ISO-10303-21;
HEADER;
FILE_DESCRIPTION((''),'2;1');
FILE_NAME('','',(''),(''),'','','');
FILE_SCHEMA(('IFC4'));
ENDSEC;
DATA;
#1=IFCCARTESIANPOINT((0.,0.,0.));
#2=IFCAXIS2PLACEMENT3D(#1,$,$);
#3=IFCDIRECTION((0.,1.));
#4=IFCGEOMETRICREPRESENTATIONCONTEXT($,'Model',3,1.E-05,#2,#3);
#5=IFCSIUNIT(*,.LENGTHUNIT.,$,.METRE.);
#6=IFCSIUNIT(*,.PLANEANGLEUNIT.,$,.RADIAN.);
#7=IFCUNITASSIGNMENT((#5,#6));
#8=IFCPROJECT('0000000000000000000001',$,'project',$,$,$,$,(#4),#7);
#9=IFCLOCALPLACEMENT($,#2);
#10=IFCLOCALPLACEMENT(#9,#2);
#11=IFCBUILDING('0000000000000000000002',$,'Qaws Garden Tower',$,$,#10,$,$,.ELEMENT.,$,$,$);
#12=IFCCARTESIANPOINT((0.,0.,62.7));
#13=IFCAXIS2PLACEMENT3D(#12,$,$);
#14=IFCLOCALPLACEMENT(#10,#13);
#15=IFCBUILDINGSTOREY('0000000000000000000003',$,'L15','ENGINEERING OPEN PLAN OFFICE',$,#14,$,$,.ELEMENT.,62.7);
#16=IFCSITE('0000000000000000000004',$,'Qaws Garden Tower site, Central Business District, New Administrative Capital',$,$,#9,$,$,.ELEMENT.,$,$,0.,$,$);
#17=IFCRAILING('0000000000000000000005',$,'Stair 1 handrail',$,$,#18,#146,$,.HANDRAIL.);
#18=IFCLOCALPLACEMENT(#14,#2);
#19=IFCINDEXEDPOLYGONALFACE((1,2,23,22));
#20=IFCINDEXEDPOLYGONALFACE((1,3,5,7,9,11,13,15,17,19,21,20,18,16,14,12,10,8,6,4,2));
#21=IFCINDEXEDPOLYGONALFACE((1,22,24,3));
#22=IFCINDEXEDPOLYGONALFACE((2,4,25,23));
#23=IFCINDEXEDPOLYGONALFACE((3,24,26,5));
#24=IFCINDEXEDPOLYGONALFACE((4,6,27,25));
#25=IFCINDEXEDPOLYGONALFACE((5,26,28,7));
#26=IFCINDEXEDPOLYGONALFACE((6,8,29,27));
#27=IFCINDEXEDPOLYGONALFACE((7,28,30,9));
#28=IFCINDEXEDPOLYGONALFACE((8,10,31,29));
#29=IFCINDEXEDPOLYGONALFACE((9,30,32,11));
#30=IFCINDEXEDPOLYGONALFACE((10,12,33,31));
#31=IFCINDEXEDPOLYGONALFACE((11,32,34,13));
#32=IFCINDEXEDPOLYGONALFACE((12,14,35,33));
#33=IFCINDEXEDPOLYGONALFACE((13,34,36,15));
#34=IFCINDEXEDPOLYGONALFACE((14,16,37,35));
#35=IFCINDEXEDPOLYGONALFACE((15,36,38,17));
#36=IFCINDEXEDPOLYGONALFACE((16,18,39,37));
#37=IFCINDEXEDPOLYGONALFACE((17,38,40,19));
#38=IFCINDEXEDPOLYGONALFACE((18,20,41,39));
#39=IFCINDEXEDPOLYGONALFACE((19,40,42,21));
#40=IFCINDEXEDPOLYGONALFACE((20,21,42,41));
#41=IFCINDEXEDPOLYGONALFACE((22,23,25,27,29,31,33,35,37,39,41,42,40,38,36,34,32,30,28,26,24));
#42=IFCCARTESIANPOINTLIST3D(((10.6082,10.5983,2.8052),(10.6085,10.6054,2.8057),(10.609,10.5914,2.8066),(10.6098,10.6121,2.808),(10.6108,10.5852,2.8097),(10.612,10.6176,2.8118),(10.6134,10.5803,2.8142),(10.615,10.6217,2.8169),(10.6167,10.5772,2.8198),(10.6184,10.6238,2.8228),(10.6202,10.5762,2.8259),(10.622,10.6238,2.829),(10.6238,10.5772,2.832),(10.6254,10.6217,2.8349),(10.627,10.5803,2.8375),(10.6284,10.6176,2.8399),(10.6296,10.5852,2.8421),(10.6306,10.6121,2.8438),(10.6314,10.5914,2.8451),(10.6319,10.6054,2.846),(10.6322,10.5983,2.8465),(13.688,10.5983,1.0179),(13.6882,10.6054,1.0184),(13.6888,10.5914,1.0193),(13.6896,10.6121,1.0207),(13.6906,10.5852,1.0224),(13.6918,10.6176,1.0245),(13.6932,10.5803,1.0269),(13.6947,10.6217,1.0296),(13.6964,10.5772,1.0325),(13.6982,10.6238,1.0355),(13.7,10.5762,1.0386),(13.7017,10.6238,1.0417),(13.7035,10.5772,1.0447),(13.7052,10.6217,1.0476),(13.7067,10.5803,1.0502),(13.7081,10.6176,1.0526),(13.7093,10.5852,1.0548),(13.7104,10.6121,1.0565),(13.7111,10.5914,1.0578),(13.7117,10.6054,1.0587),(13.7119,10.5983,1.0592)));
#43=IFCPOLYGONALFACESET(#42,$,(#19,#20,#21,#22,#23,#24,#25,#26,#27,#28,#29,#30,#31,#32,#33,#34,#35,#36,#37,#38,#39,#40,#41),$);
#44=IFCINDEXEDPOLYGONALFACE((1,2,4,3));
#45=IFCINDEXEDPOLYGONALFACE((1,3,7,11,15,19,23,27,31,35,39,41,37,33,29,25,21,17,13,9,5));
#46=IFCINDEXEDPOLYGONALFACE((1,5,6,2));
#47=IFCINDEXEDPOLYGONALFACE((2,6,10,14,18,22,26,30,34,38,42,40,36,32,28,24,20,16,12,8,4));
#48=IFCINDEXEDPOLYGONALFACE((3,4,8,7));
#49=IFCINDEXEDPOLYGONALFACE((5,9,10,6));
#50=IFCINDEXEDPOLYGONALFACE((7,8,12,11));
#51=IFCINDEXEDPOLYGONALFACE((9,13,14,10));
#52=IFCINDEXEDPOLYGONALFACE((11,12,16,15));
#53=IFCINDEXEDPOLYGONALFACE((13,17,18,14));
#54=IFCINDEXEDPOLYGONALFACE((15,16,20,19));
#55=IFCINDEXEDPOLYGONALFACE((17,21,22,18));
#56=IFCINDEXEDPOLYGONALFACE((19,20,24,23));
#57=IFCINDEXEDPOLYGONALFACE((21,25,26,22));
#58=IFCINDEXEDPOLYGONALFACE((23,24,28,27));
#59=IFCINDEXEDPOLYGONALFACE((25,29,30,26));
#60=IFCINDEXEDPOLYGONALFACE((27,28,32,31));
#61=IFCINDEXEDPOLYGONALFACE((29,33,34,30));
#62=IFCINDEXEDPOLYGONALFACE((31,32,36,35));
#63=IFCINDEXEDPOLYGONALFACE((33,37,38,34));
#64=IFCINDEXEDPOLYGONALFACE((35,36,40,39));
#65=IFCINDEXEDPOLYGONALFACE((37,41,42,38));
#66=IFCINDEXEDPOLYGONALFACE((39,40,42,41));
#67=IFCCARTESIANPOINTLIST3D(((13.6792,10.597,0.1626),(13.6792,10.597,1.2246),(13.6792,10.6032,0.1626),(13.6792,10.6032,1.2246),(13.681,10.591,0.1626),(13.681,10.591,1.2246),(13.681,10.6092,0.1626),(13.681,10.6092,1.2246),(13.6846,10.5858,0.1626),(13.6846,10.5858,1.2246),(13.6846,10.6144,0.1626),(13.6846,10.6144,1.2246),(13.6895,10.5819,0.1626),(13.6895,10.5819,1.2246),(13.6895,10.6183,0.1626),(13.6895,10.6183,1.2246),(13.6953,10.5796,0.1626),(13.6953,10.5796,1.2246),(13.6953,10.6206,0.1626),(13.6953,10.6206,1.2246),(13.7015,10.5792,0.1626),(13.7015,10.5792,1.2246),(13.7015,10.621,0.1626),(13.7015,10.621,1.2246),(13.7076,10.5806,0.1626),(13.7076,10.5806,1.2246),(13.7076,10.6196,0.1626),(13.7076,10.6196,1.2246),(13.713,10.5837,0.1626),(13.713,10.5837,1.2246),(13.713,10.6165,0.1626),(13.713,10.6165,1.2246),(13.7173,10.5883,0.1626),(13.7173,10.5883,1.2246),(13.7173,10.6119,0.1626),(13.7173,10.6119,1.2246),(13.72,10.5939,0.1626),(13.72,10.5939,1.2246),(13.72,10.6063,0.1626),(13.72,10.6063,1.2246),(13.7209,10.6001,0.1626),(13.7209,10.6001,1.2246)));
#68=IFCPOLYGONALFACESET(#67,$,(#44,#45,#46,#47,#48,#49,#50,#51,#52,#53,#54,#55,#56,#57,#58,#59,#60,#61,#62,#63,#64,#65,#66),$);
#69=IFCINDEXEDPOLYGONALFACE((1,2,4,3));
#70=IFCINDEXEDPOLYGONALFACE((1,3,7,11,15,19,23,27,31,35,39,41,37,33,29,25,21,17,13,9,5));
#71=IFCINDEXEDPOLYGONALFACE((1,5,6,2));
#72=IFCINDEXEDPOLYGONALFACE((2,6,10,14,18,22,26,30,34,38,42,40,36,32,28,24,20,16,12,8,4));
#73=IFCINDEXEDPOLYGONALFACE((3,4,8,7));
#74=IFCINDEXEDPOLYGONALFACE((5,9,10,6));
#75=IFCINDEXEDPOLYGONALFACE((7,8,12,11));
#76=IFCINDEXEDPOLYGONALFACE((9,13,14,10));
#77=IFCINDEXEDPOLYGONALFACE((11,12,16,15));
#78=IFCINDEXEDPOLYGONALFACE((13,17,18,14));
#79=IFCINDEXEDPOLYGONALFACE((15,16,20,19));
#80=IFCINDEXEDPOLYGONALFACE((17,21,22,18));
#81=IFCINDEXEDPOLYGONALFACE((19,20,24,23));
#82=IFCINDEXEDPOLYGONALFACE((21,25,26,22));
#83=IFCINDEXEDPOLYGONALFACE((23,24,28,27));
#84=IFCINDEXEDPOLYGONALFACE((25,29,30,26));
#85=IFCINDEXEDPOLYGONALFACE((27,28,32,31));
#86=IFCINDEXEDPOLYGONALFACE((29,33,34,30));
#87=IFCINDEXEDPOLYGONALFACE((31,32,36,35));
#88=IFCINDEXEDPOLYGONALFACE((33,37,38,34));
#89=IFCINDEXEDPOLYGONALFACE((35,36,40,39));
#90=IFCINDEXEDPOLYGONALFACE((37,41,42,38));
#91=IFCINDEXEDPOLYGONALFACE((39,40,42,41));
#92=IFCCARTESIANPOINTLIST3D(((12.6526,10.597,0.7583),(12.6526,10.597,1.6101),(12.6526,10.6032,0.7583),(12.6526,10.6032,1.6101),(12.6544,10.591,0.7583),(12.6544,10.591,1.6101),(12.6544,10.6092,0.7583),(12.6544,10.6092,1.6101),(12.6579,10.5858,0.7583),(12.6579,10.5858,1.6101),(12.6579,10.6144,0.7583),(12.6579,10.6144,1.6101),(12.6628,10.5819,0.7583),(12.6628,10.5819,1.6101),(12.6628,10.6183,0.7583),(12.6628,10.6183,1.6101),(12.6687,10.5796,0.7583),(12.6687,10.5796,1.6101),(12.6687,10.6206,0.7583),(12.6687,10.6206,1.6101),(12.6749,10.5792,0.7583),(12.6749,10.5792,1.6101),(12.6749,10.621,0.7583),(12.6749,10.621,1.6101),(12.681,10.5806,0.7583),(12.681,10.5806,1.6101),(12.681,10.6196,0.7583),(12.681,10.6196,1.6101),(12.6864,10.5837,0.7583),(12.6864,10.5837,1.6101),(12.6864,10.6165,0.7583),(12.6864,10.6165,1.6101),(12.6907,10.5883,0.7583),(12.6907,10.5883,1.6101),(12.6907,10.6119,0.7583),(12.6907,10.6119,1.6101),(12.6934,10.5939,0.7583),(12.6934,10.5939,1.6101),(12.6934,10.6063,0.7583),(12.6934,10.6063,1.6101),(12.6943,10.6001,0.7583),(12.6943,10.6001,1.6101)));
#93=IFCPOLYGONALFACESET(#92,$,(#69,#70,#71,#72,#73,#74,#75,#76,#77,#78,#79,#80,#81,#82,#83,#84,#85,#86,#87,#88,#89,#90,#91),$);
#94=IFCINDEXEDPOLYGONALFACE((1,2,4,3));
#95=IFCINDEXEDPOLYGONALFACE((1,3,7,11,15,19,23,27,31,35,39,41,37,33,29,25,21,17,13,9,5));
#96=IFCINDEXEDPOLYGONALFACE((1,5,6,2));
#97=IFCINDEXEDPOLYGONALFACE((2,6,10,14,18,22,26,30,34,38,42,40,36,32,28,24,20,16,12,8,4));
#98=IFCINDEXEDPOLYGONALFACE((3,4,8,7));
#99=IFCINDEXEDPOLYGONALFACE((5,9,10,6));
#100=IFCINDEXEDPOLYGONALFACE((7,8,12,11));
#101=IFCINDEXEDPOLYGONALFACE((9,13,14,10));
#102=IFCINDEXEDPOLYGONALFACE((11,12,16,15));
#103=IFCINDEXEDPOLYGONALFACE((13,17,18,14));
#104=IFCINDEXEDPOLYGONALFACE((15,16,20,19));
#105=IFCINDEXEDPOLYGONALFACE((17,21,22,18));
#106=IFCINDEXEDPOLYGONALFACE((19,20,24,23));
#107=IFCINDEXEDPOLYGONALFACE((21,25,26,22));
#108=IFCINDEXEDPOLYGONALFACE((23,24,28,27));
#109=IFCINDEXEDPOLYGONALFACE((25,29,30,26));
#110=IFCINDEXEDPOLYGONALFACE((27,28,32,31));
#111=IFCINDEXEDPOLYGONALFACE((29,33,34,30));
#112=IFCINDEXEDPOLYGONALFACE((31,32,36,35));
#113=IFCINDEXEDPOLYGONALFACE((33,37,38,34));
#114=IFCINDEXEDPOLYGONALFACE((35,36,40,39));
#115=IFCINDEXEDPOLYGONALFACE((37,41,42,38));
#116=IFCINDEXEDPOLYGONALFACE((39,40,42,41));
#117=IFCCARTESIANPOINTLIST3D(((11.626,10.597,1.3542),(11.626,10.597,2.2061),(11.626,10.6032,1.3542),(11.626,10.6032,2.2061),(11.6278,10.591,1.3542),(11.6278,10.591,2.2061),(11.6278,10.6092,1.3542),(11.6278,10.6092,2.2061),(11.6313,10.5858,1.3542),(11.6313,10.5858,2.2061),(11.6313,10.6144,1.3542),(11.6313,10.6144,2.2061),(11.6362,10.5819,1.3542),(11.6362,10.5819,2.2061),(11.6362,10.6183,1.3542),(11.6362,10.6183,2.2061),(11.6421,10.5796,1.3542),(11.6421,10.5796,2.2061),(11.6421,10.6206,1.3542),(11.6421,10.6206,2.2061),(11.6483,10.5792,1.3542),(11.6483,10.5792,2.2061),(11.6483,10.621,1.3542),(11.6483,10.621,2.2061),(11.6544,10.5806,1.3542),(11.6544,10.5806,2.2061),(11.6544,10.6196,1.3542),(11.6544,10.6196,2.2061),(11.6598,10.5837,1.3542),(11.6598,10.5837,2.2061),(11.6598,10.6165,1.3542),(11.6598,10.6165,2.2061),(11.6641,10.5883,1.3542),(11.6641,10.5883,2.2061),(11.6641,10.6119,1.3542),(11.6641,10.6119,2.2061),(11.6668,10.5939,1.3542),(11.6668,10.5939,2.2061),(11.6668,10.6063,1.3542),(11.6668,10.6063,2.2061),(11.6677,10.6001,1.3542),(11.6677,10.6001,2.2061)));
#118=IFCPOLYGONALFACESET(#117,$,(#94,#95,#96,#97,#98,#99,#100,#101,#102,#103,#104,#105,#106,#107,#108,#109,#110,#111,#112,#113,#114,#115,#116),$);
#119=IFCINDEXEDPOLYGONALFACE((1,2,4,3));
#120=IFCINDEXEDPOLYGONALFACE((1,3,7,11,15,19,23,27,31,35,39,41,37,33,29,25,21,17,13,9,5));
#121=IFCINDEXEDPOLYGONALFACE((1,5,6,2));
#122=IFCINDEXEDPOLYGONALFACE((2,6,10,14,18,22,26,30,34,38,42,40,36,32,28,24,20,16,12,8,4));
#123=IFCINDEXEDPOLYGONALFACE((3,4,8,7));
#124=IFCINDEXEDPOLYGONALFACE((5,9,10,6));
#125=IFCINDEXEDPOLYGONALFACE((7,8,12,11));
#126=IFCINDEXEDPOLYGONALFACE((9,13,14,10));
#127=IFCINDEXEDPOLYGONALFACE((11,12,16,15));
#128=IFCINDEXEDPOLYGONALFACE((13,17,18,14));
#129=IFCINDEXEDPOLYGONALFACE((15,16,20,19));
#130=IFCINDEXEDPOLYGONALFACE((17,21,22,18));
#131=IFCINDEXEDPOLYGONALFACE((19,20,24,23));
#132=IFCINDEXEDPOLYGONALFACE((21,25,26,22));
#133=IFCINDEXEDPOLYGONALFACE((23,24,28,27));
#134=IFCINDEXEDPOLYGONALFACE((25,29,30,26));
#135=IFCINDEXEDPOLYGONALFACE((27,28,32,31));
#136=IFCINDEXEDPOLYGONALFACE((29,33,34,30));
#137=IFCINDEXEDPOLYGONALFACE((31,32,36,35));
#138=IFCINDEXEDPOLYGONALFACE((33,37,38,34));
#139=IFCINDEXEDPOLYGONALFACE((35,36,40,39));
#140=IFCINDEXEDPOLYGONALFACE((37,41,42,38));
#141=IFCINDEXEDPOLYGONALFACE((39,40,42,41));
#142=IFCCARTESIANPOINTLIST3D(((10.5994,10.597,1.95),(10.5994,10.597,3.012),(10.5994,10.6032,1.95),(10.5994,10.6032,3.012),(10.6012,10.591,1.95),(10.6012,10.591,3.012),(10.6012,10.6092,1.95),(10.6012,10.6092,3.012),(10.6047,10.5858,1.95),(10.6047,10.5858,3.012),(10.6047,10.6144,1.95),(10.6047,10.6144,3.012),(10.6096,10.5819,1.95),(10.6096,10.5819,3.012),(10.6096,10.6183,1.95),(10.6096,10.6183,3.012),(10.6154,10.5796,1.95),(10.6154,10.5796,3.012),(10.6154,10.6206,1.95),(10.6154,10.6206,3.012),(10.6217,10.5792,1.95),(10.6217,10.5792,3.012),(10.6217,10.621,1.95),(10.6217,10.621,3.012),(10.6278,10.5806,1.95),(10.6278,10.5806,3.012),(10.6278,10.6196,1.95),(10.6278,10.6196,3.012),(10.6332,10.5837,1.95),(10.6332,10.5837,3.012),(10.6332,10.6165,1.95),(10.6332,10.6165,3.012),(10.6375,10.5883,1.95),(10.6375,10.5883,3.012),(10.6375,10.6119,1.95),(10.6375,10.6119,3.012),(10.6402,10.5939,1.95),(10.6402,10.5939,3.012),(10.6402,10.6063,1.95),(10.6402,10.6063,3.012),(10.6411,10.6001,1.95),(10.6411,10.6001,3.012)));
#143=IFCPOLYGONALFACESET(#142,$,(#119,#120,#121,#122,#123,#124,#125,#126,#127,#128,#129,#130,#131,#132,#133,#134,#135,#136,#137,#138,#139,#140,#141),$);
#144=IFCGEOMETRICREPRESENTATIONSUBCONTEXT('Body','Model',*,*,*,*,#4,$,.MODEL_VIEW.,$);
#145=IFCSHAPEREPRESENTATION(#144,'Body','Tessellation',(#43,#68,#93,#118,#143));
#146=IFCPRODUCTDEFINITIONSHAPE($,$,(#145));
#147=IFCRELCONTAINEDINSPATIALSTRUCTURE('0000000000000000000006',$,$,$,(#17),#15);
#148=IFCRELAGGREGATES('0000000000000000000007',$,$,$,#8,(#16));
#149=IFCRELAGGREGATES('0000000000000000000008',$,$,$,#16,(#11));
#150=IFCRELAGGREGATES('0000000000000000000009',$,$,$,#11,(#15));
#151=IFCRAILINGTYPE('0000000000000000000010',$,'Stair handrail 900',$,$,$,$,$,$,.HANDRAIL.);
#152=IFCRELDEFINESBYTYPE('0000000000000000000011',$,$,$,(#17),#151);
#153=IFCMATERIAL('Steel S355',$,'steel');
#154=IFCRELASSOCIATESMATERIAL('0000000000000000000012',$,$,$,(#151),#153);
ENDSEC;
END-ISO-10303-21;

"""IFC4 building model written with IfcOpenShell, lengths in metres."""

from ifc_helpers import new_model, si_unit, direction, frame, origin, origin_2d, place, context, subcontext, project, spatial, circle, extrude, material, type_object, element, save


model = new_model("IFC4")

# Units and contexts
model_context = context("Model", 3, precision=1e-05, world=origin(), true_north=direction((0.0, 1.0)))
body_context = subcontext(model_context, "Body", "Model", "MODEL_VIEW")
ifc_project = project(units=[si_unit("LENGTHUNIT", "METRE"), si_unit("PLANEANGLEUNIT", "RADIAN")], contexts=[model_context])

# Site, building, storey
site_placement = place(None, origin())
site = spatial("IfcSite", under=ifc_project, at=site_placement, Name="Qaws Garden Tower site, Central Business District, New Administrative Capital", CompositionType="ELEMENT", RefElevation=0.0)
building_placement = place(site_placement, origin())
building = spatial("IfcBuilding", under=site, at=building_placement, Name="Qaws Garden Tower", CompositionType="ELEMENT")
storey_placement = place(building_placement, frame((0.0, 0.0, 62.7)))
storey = spatial("IfcBuildingStorey", under=building, at=storey_placement, Name="L15", Description="ENGINEERING OPEN PLAN OFFICE", CompositionType="ELEMENT", Elevation=62.7)

# Railing
ifc_material_1 = material(Name="Steel S355", Category="steel")
railing_type = type_object("IfcRailingType", Name="Stair handrail 900", PredefinedType="HANDRAIL", material=ifc_material_1)
railing_placement = place(storey_placement, frame((13.7, 10.6001, 0.1626)))
element("IfcRailing", 1, at=railing_placement, inside=storey, type_object=railing_type, Name="Stair 1 handrail", PredefinedType="HANDRAIL", context=body_context, shape_type="SweptSolid", body=[
    extrude(circle(Radius=0.0239, at=origin_2d()), frame((0.0, 0.0, 0.876), z_axis=(-0.864903, 0.0, 0.501939), x_axis=(0.0, -1.0, 0.0)), (0.0, 0.0, 1.0), 3.5608),
    extrude(circle(Radius=0.021, at=origin_2d()), origin(), (0.0, 0.0, 1.0), 1.062),
    extrude(circle(Radius=0.021, at=origin_2d()), frame((-1.0266, 0.0, 0.5957)), (0.0, 0.0, 1.0), 0.8518),
    extrude(circle(Radius=0.021, at=origin_2d()), frame((-2.0532, 0.0, 1.1917)), (0.0, 0.0, 1.0), 0.8518),
    extrude(circle(Radius=0.021, at=origin_2d()), frame((-3.0798, 0.0, 1.7874)), (0.0, 0.0, 1.0), 1.062),
])

save(model, "model.ifc")
